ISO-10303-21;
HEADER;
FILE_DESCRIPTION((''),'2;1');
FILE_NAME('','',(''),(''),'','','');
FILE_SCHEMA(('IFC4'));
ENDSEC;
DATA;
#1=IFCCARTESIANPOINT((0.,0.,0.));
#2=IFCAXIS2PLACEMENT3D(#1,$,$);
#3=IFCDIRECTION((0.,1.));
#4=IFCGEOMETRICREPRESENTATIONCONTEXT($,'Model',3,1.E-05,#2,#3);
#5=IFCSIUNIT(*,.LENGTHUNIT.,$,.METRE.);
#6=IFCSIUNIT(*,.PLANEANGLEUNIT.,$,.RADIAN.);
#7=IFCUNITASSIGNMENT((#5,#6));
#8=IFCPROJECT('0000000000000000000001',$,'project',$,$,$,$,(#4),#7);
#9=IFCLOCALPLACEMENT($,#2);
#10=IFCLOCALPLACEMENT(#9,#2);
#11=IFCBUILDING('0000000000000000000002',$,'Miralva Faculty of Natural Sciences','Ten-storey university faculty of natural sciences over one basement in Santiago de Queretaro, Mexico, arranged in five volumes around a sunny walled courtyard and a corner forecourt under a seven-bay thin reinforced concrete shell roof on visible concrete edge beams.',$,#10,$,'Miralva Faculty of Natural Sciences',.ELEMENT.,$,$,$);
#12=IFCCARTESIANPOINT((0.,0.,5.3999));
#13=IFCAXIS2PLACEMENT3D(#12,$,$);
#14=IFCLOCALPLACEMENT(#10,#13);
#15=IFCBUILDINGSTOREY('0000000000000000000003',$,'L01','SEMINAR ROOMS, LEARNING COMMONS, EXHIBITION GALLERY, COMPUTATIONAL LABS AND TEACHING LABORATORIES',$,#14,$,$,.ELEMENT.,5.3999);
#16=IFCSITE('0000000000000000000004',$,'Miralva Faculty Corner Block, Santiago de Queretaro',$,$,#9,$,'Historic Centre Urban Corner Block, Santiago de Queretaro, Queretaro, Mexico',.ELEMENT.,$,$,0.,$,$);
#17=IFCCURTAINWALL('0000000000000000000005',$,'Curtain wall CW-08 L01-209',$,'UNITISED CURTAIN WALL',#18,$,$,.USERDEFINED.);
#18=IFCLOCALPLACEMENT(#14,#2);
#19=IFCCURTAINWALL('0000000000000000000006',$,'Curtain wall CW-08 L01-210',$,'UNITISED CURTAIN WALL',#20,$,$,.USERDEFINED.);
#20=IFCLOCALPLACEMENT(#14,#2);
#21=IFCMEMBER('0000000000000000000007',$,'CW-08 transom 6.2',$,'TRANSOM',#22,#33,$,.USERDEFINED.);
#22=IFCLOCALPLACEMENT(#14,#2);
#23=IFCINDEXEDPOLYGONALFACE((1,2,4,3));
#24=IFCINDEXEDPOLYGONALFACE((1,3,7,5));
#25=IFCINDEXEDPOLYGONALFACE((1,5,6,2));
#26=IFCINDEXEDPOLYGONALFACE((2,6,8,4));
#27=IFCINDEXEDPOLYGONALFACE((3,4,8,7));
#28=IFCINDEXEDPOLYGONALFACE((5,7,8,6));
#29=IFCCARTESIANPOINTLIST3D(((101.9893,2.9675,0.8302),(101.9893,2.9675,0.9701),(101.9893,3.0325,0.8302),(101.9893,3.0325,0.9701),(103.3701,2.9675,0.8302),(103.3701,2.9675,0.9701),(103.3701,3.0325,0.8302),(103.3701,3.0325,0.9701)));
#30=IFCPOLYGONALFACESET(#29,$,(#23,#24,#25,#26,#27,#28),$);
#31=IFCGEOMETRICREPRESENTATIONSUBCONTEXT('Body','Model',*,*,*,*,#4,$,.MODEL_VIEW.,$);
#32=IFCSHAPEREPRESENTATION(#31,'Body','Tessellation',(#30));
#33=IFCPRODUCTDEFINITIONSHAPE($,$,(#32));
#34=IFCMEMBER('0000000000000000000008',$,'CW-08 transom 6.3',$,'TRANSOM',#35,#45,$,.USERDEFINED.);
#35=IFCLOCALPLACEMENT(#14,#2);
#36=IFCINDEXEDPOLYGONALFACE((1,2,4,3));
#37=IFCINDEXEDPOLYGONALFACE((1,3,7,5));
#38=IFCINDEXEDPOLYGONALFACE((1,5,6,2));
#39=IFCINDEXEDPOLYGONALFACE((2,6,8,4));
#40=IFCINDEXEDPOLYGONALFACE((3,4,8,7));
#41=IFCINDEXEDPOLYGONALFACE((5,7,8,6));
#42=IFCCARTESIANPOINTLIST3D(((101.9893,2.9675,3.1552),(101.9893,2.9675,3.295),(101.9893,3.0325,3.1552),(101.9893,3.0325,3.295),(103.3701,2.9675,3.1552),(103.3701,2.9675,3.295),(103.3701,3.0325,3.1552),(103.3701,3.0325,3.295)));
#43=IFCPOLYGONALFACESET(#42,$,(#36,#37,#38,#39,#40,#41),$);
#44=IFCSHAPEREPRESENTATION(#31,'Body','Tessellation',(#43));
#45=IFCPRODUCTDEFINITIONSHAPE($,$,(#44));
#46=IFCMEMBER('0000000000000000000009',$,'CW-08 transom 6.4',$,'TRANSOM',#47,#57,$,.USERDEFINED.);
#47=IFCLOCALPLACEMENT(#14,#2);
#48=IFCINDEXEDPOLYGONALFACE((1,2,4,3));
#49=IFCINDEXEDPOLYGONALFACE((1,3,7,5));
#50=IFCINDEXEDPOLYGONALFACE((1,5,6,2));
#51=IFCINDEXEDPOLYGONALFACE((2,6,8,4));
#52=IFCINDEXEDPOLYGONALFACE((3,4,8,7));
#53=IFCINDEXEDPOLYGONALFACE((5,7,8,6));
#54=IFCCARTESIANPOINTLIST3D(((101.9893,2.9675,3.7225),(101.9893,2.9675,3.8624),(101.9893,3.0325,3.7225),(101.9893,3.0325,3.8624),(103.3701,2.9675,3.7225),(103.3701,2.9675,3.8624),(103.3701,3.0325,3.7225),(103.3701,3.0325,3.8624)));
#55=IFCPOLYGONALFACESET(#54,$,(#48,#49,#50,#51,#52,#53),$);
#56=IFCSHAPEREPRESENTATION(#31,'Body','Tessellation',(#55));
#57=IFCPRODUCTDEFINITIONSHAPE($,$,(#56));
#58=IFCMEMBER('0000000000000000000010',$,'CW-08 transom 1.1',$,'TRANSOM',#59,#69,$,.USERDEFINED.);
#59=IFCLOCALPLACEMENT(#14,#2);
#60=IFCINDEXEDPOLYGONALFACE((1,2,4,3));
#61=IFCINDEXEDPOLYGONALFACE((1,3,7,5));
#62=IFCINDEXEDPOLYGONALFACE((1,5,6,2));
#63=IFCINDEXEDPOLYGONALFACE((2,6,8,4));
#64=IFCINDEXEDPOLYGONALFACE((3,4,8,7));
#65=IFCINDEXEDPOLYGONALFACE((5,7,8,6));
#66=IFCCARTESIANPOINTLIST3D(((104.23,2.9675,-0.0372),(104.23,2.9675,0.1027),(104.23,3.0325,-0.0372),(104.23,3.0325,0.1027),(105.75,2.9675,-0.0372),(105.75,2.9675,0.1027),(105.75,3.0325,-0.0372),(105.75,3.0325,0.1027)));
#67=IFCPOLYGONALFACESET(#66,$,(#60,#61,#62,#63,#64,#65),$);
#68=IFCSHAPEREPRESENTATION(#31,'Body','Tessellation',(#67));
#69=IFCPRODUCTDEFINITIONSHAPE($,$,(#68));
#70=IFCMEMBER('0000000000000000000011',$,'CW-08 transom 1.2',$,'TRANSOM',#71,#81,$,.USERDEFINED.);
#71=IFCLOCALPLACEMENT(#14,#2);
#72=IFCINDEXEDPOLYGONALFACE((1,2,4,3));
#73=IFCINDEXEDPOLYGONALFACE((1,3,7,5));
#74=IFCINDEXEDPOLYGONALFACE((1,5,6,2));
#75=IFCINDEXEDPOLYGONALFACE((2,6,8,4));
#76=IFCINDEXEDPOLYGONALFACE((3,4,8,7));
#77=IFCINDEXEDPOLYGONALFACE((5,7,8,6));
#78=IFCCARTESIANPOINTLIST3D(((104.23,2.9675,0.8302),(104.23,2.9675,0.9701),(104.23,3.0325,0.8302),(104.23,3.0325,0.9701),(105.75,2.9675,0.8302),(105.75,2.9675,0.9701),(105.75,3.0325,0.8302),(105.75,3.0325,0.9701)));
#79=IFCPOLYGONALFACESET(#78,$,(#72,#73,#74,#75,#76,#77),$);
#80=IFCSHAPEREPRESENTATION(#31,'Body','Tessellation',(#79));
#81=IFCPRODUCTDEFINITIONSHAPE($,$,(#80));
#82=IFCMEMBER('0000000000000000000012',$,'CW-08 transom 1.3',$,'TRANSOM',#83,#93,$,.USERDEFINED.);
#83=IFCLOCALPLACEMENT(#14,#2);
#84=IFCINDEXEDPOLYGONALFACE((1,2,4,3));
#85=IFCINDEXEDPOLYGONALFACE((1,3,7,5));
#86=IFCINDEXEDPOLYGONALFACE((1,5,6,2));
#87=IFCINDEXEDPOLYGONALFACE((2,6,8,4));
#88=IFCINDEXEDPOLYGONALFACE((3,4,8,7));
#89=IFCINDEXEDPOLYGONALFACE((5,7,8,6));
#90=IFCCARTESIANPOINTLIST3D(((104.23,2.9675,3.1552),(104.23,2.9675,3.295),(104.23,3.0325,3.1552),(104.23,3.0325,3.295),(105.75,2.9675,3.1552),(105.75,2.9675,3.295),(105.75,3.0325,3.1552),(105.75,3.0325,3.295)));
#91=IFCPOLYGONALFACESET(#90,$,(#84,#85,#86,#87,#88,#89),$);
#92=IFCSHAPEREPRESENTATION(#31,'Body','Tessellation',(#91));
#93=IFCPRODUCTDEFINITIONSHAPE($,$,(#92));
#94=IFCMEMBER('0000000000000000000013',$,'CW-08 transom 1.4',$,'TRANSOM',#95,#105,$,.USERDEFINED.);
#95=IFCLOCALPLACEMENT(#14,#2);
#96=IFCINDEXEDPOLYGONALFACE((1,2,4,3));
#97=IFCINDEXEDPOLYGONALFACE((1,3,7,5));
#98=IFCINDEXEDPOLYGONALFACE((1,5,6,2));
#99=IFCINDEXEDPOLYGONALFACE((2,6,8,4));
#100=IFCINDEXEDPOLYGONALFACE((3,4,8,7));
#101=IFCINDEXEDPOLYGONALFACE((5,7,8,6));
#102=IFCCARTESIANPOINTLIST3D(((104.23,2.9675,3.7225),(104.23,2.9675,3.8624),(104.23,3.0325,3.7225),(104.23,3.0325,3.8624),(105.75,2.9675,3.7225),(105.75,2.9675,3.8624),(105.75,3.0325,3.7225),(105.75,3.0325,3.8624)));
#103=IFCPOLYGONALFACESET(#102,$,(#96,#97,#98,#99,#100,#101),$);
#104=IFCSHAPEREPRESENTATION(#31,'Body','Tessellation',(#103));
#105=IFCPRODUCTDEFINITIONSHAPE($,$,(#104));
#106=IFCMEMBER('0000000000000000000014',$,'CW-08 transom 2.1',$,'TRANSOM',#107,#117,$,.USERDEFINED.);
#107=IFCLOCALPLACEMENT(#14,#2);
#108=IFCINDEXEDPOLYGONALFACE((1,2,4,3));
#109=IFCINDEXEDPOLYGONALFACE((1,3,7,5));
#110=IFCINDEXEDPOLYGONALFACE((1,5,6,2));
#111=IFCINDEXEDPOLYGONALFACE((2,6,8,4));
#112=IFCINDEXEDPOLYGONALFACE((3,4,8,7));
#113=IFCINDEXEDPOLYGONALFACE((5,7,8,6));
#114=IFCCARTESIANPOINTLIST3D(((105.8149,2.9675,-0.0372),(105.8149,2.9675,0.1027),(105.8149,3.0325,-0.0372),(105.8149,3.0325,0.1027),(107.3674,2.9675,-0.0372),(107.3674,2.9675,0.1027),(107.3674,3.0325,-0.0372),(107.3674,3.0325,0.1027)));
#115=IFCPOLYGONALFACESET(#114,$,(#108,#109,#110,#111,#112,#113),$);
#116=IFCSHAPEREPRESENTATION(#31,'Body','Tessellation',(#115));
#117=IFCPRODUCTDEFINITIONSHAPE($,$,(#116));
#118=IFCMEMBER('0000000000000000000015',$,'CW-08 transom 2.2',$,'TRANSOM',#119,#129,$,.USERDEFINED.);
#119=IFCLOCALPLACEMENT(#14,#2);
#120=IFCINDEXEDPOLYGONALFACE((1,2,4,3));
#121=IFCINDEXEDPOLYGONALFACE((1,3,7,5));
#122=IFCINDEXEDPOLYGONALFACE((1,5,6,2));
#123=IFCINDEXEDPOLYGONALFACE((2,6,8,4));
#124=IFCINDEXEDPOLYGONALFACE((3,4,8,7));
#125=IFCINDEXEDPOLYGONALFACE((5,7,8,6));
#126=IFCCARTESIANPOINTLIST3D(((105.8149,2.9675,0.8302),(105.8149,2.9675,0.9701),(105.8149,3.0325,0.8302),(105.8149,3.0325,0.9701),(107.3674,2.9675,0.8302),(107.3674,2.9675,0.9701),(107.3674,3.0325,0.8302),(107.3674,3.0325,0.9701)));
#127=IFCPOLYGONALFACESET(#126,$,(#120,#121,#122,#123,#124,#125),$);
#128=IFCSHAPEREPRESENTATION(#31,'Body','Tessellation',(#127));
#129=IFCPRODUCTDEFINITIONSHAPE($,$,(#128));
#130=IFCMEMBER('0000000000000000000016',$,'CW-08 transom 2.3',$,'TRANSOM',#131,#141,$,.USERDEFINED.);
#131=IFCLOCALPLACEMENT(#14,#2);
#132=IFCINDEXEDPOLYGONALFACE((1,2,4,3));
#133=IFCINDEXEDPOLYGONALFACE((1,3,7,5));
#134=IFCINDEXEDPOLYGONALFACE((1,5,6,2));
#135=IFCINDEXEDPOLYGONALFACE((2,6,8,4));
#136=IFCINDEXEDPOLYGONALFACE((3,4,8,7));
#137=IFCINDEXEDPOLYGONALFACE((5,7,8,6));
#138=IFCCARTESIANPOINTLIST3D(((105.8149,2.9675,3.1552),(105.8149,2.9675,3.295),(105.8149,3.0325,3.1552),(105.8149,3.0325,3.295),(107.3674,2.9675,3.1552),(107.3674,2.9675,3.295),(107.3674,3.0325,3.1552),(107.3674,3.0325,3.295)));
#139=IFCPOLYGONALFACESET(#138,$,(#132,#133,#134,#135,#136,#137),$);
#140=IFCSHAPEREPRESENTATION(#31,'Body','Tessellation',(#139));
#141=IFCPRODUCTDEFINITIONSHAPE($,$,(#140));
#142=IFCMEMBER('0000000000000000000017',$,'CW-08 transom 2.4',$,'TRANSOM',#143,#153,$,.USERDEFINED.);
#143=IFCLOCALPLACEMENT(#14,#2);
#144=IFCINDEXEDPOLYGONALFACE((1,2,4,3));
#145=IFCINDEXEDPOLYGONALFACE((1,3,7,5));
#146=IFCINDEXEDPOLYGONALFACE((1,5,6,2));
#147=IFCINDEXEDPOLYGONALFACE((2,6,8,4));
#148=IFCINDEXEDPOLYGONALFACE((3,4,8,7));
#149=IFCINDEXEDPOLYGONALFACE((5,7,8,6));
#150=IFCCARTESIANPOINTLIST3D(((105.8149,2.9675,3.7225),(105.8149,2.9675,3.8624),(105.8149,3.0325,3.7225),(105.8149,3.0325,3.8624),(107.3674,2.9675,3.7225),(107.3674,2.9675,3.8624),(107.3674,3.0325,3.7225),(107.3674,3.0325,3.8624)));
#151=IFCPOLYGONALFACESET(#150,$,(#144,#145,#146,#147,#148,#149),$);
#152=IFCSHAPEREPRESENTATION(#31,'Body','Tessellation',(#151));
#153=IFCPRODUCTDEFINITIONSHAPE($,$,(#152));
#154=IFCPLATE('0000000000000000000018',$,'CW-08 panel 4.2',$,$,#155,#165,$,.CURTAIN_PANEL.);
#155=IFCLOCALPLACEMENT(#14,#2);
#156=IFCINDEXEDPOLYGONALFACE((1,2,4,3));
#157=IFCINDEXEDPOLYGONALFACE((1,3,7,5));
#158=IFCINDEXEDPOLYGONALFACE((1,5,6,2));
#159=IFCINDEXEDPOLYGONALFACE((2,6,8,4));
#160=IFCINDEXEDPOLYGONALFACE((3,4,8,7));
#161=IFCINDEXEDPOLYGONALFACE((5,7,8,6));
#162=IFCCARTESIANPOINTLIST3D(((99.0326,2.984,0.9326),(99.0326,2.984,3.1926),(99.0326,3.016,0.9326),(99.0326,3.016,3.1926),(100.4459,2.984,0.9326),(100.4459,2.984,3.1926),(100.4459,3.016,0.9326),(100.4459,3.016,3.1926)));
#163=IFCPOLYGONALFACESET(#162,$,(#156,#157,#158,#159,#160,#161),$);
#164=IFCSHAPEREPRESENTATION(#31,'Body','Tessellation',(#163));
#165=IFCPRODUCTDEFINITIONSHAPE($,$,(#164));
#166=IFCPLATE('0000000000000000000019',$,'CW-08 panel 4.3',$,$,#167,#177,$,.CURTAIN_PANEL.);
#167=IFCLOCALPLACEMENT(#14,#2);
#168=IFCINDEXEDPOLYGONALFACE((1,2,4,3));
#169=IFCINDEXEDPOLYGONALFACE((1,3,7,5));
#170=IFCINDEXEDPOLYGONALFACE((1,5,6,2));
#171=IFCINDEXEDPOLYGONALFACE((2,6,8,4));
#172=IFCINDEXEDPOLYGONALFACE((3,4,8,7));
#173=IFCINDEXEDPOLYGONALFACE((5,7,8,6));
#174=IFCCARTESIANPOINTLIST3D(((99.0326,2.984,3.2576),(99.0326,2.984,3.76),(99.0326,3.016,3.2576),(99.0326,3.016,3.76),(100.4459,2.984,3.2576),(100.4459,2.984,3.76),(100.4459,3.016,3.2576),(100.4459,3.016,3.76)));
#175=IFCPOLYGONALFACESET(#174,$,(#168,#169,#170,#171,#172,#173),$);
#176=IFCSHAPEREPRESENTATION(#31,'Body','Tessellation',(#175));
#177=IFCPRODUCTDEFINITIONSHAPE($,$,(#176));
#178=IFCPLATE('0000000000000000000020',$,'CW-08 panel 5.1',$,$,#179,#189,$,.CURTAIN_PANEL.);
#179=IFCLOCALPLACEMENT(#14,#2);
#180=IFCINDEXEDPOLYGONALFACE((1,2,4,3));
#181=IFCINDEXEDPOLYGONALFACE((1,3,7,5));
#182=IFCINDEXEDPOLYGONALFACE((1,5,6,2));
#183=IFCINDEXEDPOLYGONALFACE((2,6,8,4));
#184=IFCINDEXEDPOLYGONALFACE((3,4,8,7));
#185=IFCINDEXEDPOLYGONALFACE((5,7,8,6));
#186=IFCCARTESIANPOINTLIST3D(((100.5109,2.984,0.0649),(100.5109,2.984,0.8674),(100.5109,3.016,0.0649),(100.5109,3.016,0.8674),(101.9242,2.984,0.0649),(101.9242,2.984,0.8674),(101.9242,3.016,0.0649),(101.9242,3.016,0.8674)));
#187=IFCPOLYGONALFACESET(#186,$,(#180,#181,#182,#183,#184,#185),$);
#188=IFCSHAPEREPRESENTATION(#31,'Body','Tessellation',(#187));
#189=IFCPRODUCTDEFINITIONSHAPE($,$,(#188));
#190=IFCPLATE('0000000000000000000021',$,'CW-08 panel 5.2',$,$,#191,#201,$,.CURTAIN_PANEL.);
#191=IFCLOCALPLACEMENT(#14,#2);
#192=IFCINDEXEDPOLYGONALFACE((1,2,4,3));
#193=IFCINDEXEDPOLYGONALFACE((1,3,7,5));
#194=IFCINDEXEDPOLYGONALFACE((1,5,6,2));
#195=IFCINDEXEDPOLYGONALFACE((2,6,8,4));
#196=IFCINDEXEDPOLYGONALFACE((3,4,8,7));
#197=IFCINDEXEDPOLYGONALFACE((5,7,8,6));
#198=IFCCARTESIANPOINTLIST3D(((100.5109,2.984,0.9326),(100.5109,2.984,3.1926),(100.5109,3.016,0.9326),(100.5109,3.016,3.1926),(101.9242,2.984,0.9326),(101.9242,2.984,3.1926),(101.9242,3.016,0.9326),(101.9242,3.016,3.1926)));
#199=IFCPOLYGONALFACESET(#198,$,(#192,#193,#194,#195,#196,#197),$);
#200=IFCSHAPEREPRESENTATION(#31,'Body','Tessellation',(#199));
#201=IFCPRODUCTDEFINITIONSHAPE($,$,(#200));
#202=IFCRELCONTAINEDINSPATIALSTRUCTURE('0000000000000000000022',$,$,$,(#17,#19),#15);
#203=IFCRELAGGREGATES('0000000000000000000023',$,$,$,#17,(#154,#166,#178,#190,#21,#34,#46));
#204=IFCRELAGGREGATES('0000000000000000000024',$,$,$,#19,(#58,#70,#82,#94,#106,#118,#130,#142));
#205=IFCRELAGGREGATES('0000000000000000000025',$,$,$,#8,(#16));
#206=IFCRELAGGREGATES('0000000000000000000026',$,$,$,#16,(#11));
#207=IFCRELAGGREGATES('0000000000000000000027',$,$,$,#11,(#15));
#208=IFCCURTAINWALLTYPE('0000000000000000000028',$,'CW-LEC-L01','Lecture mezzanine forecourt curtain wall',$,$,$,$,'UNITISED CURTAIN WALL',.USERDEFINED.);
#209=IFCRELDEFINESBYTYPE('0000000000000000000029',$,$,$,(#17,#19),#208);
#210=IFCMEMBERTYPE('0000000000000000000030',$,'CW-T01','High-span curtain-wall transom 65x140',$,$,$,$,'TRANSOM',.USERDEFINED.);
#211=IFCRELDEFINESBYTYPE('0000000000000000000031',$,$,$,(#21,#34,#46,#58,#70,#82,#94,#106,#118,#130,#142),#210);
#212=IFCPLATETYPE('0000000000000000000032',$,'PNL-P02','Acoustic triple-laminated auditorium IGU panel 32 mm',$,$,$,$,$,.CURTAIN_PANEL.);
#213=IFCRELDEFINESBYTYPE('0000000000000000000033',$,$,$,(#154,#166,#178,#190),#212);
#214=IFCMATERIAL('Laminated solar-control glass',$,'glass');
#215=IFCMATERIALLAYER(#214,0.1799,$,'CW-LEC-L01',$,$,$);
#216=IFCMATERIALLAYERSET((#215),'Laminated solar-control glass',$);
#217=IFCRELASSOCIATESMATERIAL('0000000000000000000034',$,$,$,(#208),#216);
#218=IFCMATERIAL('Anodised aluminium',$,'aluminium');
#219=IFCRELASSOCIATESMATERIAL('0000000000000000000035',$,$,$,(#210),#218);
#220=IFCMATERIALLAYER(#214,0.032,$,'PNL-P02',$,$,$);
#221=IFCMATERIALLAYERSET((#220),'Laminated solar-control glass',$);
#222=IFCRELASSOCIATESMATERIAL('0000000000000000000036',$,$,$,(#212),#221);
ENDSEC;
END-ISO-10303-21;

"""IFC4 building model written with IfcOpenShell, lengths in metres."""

from ifc_helpers import new_model, si_unit, direction, frame, origin, origin_2d, place, context, subcontext, project, spatial, rectangle, extrude, material, layer, layer_set, material_profile, profile_set, type_object, element, aggregate, save


model = new_model("IFC4")

# Units and contexts
model_context = context("Model", 3, precision=1e-05, world=origin(), true_north=direction((0.0, 1.0)))
body_context = subcontext(model_context, "Body", "Model", "MODEL_VIEW")
ifc_project = project(units=[si_unit("LENGTHUNIT", "METRE"), si_unit("PLANEANGLEUNIT", "RADIAN")], contexts=[model_context])

# Site, building, storey
site_placement = place(None, origin())
site = spatial("IfcSite", under=ifc_project, at=site_placement, Name="Miralva Faculty Corner Block, Santiago de Queretaro", LongName="Historic Centre Urban Corner Block, Santiago de Queretaro, Queretaro, Mexico", CompositionType="ELEMENT", RefElevation=0.0)
building_placement = place(site_placement, origin())
building = spatial("IfcBuilding", under=site, at=building_placement, Name="Miralva Faculty of Natural Sciences", Description="Ten-storey university faculty of natural sciences over one basement in Santiago de Queretaro, Mexico, arranged in five volumes around a sunny walled courtyard and a corner forecourt under a seven-bay thin reinforced concrete shell roof on visible concrete edge beams.", LongName="Miralva Faculty of Natural Sciences", CompositionType="ELEMENT")
storey_placement = place(building_placement, frame((0.0, 0.0, 5.3999)))
storey = spatial("IfcBuildingStorey", under=building, at=storey_placement, Name="L01", Description="SEMINAR ROOMS, LEARNING COMMONS, EXHIBITION GALLERY, COMPUTATIONAL LABS AND TEACHING LABORATORIES", CompositionType="ELEMENT", Elevation=5.3999)

# Curtain walls
ifc_material_1 = material(Name="Laminated solar-control glass", Category="glass")
ifc_layer_1 = layer(ifc_material_1, 0.1799, Name="CW-LEC-L01")
ifc_layer_set_1 = layer_set([ifc_layer_1], Name="Laminated solar-control glass")
curtain_wall_type = type_object("IfcCurtainWallType", Name="CW-LEC-L01", Description="Lecture mezzanine forecourt curtain wall", ElementType="UNITISED CURTAIN WALL", PredefinedType="USERDEFINED", material=ifc_layer_set_1)
curtain_wall_1_placement = place(storey_placement, origin())
curtain_wall_1 = element("IfcCurtainWall", 1, at=curtain_wall_1_placement, inside=storey, type_object=curtain_wall_type, Name="Curtain wall CW-08 L01-209", ObjectType="UNITISED CURTAIN WALL", PredefinedType="USERDEFINED")
ifc_material_2 = material(Name="Anodised aluminium", Category="aluminium")
curtain_wall_2_placement = place(storey_placement, origin())
curtain_wall_2 = element("IfcCurtainWall", 2, at=curtain_wall_2_placement, inside=storey, type_object=curtain_wall_type, Name="Curtain wall CW-08 L01-210", ObjectType="UNITISED CURTAIN WALL", PredefinedType="USERDEFINED")

# Members
ifc_material_profile_1 = material_profile(ifc_material_2, rectangle(XDim=0.0649, YDim=0.1399, at=origin_2d()), Name="TRANSOM 65x140")
ifc_profile_set_1 = profile_set([ifc_material_profile_1], Name="Anodised aluminium")
member_type_1 = type_object("IfcMemberType", Name="CW-T01", Description="High-span curtain-wall transom 65x140", ElementType="TRANSOM", PredefinedType="USERDEFINED", material=ifc_profile_set_1)
member_1_placement = place(storey_placement, frame((101.9893, 3.0, 0.9001), z_axis=(1.0, 0.0, 0.0), x_axis=(0.0, 1.0, 0.0)))
member_1 = element("IfcMember", 3, at=member_1_placement, type_object=member_type_1, Name="CW-08 transom 6.2", ObjectType="TRANSOM", PredefinedType="USERDEFINED", context=body_context, shape_type="SweptSolid", body=[
    extrude(rectangle(XDim=0.0649, YDim=0.1399, at=origin_2d()), origin(), (0.0, 0.0, 1.0), 1.3809),
])
member_2_placement = place(storey_placement, frame((101.9893, 3.0, 3.2251), z_axis=(1.0, 0.0, 0.0), x_axis=(0.0, 1.0, 0.0)))
member_2 = element("IfcMember", 4, at=member_2_placement, type_object=member_type_1, Name="CW-08 transom 6.3", ObjectType="TRANSOM", PredefinedType="USERDEFINED", context=body_context, shape_type="SweptSolid", body=[
    extrude(rectangle(XDim=0.0649, YDim=0.1399, at=origin_2d()), origin(), (0.0, 0.0, 1.0), 1.3809),
])
member_3_placement = place(storey_placement, frame((101.9893, 3.0, 3.7925), z_axis=(1.0, 0.0, 0.0), x_axis=(0.0, 1.0, 0.0)))
member_3 = element("IfcMember", 5, at=member_3_placement, type_object=member_type_1, Name="CW-08 transom 6.4", ObjectType="TRANSOM", PredefinedType="USERDEFINED", context=body_context, shape_type="SweptSolid", body=[
    extrude(rectangle(XDim=0.0649, YDim=0.1399, at=origin_2d()), origin(), (0.0, 0.0, 1.0), 1.3809),
])
member_4_placement = place(storey_placement, frame((104.23, 3.0, 0.0327), z_axis=(1.0, 0.0, 0.0), x_axis=(0.0, 1.0, 0.0)))
member_4 = element("IfcMember", 6, at=member_4_placement, type_object=member_type_1, Name="CW-08 transom 1.1", ObjectType="TRANSOM", PredefinedType="USERDEFINED", context=body_context, shape_type="SweptSolid", body=[
    extrude(rectangle(XDim=0.0649, YDim=0.1399, at=origin_2d()), origin(), (0.0, 0.0, 1.0), 1.52),
])
member_5_placement = place(storey_placement, frame((104.23, 3.0, 0.9001), z_axis=(1.0, 0.0, 0.0), x_axis=(0.0, 1.0, 0.0)))
member_5 = element("IfcMember", 7, at=member_5_placement, type_object=member_type_1, Name="CW-08 transom 1.2", ObjectType="TRANSOM", PredefinedType="USERDEFINED", context=body_context, shape_type="SweptSolid", body=[
    extrude(rectangle(XDim=0.0649, YDim=0.1399, at=origin_2d()), origin(), (0.0, 0.0, 1.0), 1.52),
])
member_6_placement = place(storey_placement, frame((104.23, 3.0, 3.2251), z_axis=(1.0, 0.0, 0.0), x_axis=(0.0, 1.0, 0.0)))
member_6 = element("IfcMember", 8, at=member_6_placement, type_object=member_type_1, Name="CW-08 transom 1.3", ObjectType="TRANSOM", PredefinedType="USERDEFINED", context=body_context, shape_type="SweptSolid", body=[
    extrude(rectangle(XDim=0.0649, YDim=0.1399, at=origin_2d()), origin(), (0.0, 0.0, 1.0), 1.52),
])
member_7_placement = place(storey_placement, frame((104.23, 3.0, 3.7925), z_axis=(1.0, 0.0, 0.0), x_axis=(0.0, 1.0, 0.0)))
member_7 = element("IfcMember", 9, at=member_7_placement, type_object=member_type_1, Name="CW-08 transom 1.4", ObjectType="TRANSOM", PredefinedType="USERDEFINED", context=body_context, shape_type="SweptSolid", body=[
    extrude(rectangle(XDim=0.0649, YDim=0.1399, at=origin_2d()), origin(), (0.0, 0.0, 1.0), 1.52),
])
member_8_placement = place(storey_placement, frame((105.8149, 3.0, 0.0327), z_axis=(1.0, 0.0, 0.0), x_axis=(0.0, 1.0, 0.0)))
member_8 = element("IfcMember", 10, at=member_8_placement, type_object=member_type_1, Name="CW-08 transom 2.1", ObjectType="TRANSOM", PredefinedType="USERDEFINED", context=body_context, shape_type="SweptSolid", body=[
    extrude(rectangle(XDim=0.0649, YDim=0.1399, at=origin_2d()), origin(), (0.0, 0.0, 1.0), 1.5525),
])
member_9_placement = place(storey_placement, frame((105.8149, 3.0, 0.9001), z_axis=(1.0, 0.0, 0.0), x_axis=(0.0, 1.0, 0.0)))
member_9 = element("IfcMember", 11, at=member_9_placement, type_object=member_type_1, Name="CW-08 transom 2.2", ObjectType="TRANSOM", PredefinedType="USERDEFINED", context=body_context, shape_type="SweptSolid", body=[
    extrude(rectangle(XDim=0.0649, YDim=0.1399, at=origin_2d()), origin(), (0.0, 0.0, 1.0), 1.5525),
])
member_10_placement = place(storey_placement, frame((105.8149, 3.0, 3.2251), z_axis=(1.0, 0.0, 0.0), x_axis=(0.0, 1.0, 0.0)))
member_10 = element("IfcMember", 12, at=member_10_placement, type_object=member_type_1, Name="CW-08 transom 2.3", ObjectType="TRANSOM", PredefinedType="USERDEFINED", context=body_context, shape_type="SweptSolid", body=[
    extrude(rectangle(XDim=0.0649, YDim=0.1399, at=origin_2d()), origin(), (0.0, 0.0, 1.0), 1.5525),
])
member_11_placement = place(storey_placement, frame((105.8149, 3.0, 3.7925), z_axis=(1.0, 0.0, 0.0), x_axis=(0.0, 1.0, 0.0)))
member_11 = element("IfcMember", 13, at=member_11_placement, type_object=member_type_1, Name="CW-08 transom 2.4", ObjectType="TRANSOM", PredefinedType="USERDEFINED", context=body_context, shape_type="SweptSolid", body=[
    extrude(rectangle(XDim=0.0649, YDim=0.1399, at=origin_2d()), origin(), (0.0, 0.0, 1.0), 1.5525),
])

# Plates
ifc_layer_2 = layer(ifc_material_1, 0.032, Name="PNL-P02")
ifc_layer_set_2 = layer_set([ifc_layer_2], Name="Laminated solar-control glass")
plate_type = type_object("IfcPlateType", Name="PNL-P02", Description="Acoustic triple-laminated auditorium IGU panel 32 mm", PredefinedType="CURTAIN_PANEL", material=ifc_layer_set_2)
plate_1_placement = place(storey_placement, frame((99.7393, 3.0, 0.9326), z_axis=(0.0, 0.0, 1.0), x_axis=(1.0, 0.0, 0.0)))
plate_1 = element("IfcPlate", 14, at=plate_1_placement, type_object=plate_type, Name="CW-08 panel 4.2", PredefinedType="CURTAIN_PANEL", context=body_context, shape_type="SweptSolid", body=[
    extrude(rectangle(XDim=1.4133, YDim=0.032, at=origin_2d()), origin(), (0.0, 0.0, 1.0), 2.26),
])
plate_2_placement = place(storey_placement, frame((99.7393, 3.0, 3.2576), z_axis=(0.0, 0.0, 1.0), x_axis=(1.0, 0.0, 0.0)))
plate_2 = element("IfcPlate", 15, at=plate_2_placement, type_object=plate_type, Name="CW-08 panel 4.3", PredefinedType="CURTAIN_PANEL", context=body_context, shape_type="SweptSolid", body=[
    extrude(rectangle(XDim=1.4133, YDim=0.032, at=origin_2d()), origin(), (0.0, 0.0, 1.0), 0.5024),
])
plate_3_placement = place(storey_placement, frame((101.2175, 3.0, 0.0649), z_axis=(0.0, 0.0, 1.0), x_axis=(1.0, 0.0, 0.0)))
plate_3 = element("IfcPlate", 16, at=plate_3_placement, type_object=plate_type, Name="CW-08 panel 5.1", PredefinedType="CURTAIN_PANEL", context=body_context, shape_type="SweptSolid", body=[
    extrude(rectangle(XDim=1.4133, YDim=0.032, at=origin_2d()), origin(), (0.0, 0.0, 1.0), 0.8025),
])
plate_4_placement = place(storey_placement, frame((101.2175, 3.0, 0.9326), z_axis=(0.0, 0.0, 1.0), x_axis=(1.0, 0.0, 0.0)))
plate_4 = element("IfcPlate", 17, at=plate_4_placement, type_object=plate_type, Name="CW-08 panel 5.2", PredefinedType="CURTAIN_PANEL", context=body_context, shape_type="SweptSolid", body=[
    extrude(rectangle(XDim=1.4133, YDim=0.032, at=origin_2d()), origin(), (0.0, 0.0, 1.0), 2.26),
])
aggregate(curtain_wall_1, [plate_1, plate_2, plate_3, plate_4, member_1, member_2, member_3])
aggregate(curtain_wall_2, [member_4, member_5, member_6, member_7, member_8, member_9, member_10, member_11])

save(model, "model.ifc")
